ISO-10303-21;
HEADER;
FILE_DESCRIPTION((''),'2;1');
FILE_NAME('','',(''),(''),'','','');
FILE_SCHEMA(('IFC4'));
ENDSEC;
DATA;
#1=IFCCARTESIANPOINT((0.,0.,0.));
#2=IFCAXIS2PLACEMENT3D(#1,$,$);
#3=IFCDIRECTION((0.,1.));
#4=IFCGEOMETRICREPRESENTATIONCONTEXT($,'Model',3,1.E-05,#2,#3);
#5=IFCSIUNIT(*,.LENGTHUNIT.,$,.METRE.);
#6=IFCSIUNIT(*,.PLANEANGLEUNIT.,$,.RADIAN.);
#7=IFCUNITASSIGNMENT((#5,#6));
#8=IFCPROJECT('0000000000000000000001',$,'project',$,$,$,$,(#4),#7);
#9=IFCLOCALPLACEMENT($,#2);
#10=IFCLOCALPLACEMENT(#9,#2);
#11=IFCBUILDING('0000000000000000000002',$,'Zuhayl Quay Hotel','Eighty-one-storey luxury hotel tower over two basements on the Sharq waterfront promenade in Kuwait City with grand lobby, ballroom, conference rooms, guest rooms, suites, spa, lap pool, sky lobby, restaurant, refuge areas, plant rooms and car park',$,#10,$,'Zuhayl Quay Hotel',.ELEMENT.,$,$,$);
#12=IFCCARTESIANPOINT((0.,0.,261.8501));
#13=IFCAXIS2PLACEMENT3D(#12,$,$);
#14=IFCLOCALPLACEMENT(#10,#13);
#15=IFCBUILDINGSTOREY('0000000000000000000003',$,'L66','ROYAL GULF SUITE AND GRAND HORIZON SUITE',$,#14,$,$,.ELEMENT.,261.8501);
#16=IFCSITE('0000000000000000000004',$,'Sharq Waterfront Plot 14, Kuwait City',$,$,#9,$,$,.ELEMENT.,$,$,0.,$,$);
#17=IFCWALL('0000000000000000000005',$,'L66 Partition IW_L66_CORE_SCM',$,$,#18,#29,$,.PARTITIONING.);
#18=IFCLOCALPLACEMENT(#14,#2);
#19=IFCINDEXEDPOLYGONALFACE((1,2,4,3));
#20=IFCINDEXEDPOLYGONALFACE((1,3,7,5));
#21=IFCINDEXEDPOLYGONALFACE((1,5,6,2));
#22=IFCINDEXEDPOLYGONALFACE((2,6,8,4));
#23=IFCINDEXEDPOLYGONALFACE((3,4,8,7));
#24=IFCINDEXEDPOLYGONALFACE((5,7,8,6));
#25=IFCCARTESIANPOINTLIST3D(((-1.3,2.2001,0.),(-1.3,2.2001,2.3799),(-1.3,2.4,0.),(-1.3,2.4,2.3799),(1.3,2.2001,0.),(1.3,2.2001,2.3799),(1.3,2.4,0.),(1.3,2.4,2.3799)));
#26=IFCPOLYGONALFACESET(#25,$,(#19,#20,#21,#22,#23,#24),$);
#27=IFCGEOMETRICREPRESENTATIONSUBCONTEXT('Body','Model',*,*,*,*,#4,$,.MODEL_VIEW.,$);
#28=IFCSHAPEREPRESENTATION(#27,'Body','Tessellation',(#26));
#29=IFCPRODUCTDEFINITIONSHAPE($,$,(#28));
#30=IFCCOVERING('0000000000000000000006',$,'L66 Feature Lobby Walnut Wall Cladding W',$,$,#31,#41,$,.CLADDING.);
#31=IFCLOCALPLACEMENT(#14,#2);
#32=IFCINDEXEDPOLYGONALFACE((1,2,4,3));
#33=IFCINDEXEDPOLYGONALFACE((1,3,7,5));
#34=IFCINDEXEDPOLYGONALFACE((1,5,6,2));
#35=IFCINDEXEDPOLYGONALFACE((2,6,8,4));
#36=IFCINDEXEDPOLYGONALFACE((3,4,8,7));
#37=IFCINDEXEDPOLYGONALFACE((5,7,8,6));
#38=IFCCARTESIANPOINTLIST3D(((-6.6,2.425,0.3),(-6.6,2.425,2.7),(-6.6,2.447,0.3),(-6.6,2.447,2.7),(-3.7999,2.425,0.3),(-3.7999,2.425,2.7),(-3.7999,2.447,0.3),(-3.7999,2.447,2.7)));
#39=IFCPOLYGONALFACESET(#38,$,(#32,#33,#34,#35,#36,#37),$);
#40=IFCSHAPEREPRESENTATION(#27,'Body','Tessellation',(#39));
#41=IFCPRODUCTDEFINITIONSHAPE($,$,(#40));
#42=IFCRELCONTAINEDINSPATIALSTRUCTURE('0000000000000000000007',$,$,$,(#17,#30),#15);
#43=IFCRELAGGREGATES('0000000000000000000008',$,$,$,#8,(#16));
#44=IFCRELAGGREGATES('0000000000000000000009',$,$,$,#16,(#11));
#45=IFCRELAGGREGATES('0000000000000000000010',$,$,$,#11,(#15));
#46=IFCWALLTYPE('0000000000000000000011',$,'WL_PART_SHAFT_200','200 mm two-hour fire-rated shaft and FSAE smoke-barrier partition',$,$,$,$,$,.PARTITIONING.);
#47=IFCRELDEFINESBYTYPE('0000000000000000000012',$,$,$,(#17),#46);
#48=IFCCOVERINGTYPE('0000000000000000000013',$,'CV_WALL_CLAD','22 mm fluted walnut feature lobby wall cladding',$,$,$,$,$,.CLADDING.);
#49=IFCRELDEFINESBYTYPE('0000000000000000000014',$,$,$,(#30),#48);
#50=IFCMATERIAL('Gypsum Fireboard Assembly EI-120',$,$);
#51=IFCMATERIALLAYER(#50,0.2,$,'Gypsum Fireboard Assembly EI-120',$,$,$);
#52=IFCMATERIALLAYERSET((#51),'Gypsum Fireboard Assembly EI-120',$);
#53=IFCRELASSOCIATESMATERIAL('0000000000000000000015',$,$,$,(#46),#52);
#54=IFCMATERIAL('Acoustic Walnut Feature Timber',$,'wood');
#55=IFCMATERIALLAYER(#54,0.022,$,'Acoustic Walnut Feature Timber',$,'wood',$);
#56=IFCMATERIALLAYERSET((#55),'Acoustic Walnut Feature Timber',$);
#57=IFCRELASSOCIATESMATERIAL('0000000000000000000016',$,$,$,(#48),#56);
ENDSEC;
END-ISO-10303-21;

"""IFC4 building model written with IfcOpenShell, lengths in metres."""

from ifc_helpers import new_model, si_unit, direction, frame, frame_2d, origin, origin_2d, place, context, subcontext, project, spatial, rectangle, extrude, material, layer, layer_set, type_object, element, save


model = new_model("IFC4")

# Units and contexts
model_context = context("Model", 3, precision=1e-05, world=origin(), true_north=direction((0.0, 1.0)))
body_context = subcontext(model_context, "Body", "Model", "MODEL_VIEW")
ifc_project = project(units=[si_unit("LENGTHUNIT", "METRE"), si_unit("PLANEANGLEUNIT", "RADIAN")], contexts=[model_context])

# Site, building, storey
site_placement = place(None, origin())
site = spatial("IfcSite", under=ifc_project, at=site_placement, Name="Sharq Waterfront Plot 14, Kuwait City", CompositionType="ELEMENT", RefElevation=0.0)
building_placement = place(site_placement, origin())
building = spatial("IfcBuilding", under=site, at=building_placement, Name="Zuhayl Quay Hotel", Description="Eighty-one-storey luxury hotel tower over two basements on the Sharq waterfront promenade in Kuwait City with grand lobby, ballroom, conference rooms, guest rooms, suites, spa, lap pool, sky lobby, restaurant, refuge areas, plant rooms and car park", LongName="Zuhayl Quay Hotel", CompositionType="ELEMENT")
storey_placement = place(building_placement, frame((0.0, 0.0, 261.8501)))
storey = spatial("IfcBuildingStorey", under=building, at=storey_placement, Name="L66", Description="ROYAL GULF SUITE AND GRAND HORIZON SUITE", CompositionType="ELEMENT", Elevation=261.8501)

# Shared definitions
ifc_material_1 = material(Name="Gypsum Fireboard Assembly EI-120")
ifc_layer_1 = layer(ifc_material_1, 0.2, Name="Gypsum Fireboard Assembly EI-120")
ifc_layer_set_1 = layer_set([ifc_layer_1], Name="Gypsum Fireboard Assembly EI-120")
wall_type_1 = type_object("IfcWallType", Name="WL_PART_SHAFT_200", Description="200 mm two-hour fire-rated shaft and FSAE smoke-barrier partition", PredefinedType="PARTITIONING", material=ifc_layer_set_1)

# Wall
wall_1_placement = place(storey_placement, frame((-1.3, 2.3, 0.0), z_axis=(0.0, 0.0, 1.0), x_axis=(1.0, 0.0, 0.0)))
element("IfcWall", 1, at=wall_1_placement, inside=storey, type_object=wall_type_1, Name="L66 Partition IW_L66_CORE_SCM", PredefinedType="PARTITIONING", context=body_context, shape_type="SweptSolid", body=[
    extrude(rectangle(XDim=2.6001, YDim=0.2, at=frame_2d((1.3, 0.0))), origin(), (0.0, 0.0, 1.0), 2.3799),
])

# Covering
ifc_material_2 = material(Name="Acoustic Walnut Feature Timber", Category="wood")
ifc_layer_2 = layer(ifc_material_2, 0.022, Name="Acoustic Walnut Feature Timber", Category="wood")
ifc_layer_set_2 = layer_set([ifc_layer_2], Name="Acoustic Walnut Feature Timber")
covering_type = type_object("IfcCoveringType", Name="CV_WALL_CLAD", Description="22 mm fluted walnut feature lobby wall cladding", PredefinedType="CLADDING", material=ifc_layer_set_2)
covering_placement = place(storey_placement, frame((-5.2, 2.436, 0.3), z_axis=(0.0, 0.0, 1.0), x_axis=(1.0, 0.0, 0.0)))
element("IfcCovering", 2, at=covering_placement, inside=storey, type_object=covering_type, Name="L66 Feature Lobby Walnut Wall Cladding W", PredefinedType="CLADDING", context=body_context, shape_type="SweptSolid", body=[
    extrude(rectangle(XDim=2.8, YDim=0.022, at=origin_2d()), origin(), (0.0, 0.0, 1.0), 2.3999),
])

save(model, "model.ifc")
